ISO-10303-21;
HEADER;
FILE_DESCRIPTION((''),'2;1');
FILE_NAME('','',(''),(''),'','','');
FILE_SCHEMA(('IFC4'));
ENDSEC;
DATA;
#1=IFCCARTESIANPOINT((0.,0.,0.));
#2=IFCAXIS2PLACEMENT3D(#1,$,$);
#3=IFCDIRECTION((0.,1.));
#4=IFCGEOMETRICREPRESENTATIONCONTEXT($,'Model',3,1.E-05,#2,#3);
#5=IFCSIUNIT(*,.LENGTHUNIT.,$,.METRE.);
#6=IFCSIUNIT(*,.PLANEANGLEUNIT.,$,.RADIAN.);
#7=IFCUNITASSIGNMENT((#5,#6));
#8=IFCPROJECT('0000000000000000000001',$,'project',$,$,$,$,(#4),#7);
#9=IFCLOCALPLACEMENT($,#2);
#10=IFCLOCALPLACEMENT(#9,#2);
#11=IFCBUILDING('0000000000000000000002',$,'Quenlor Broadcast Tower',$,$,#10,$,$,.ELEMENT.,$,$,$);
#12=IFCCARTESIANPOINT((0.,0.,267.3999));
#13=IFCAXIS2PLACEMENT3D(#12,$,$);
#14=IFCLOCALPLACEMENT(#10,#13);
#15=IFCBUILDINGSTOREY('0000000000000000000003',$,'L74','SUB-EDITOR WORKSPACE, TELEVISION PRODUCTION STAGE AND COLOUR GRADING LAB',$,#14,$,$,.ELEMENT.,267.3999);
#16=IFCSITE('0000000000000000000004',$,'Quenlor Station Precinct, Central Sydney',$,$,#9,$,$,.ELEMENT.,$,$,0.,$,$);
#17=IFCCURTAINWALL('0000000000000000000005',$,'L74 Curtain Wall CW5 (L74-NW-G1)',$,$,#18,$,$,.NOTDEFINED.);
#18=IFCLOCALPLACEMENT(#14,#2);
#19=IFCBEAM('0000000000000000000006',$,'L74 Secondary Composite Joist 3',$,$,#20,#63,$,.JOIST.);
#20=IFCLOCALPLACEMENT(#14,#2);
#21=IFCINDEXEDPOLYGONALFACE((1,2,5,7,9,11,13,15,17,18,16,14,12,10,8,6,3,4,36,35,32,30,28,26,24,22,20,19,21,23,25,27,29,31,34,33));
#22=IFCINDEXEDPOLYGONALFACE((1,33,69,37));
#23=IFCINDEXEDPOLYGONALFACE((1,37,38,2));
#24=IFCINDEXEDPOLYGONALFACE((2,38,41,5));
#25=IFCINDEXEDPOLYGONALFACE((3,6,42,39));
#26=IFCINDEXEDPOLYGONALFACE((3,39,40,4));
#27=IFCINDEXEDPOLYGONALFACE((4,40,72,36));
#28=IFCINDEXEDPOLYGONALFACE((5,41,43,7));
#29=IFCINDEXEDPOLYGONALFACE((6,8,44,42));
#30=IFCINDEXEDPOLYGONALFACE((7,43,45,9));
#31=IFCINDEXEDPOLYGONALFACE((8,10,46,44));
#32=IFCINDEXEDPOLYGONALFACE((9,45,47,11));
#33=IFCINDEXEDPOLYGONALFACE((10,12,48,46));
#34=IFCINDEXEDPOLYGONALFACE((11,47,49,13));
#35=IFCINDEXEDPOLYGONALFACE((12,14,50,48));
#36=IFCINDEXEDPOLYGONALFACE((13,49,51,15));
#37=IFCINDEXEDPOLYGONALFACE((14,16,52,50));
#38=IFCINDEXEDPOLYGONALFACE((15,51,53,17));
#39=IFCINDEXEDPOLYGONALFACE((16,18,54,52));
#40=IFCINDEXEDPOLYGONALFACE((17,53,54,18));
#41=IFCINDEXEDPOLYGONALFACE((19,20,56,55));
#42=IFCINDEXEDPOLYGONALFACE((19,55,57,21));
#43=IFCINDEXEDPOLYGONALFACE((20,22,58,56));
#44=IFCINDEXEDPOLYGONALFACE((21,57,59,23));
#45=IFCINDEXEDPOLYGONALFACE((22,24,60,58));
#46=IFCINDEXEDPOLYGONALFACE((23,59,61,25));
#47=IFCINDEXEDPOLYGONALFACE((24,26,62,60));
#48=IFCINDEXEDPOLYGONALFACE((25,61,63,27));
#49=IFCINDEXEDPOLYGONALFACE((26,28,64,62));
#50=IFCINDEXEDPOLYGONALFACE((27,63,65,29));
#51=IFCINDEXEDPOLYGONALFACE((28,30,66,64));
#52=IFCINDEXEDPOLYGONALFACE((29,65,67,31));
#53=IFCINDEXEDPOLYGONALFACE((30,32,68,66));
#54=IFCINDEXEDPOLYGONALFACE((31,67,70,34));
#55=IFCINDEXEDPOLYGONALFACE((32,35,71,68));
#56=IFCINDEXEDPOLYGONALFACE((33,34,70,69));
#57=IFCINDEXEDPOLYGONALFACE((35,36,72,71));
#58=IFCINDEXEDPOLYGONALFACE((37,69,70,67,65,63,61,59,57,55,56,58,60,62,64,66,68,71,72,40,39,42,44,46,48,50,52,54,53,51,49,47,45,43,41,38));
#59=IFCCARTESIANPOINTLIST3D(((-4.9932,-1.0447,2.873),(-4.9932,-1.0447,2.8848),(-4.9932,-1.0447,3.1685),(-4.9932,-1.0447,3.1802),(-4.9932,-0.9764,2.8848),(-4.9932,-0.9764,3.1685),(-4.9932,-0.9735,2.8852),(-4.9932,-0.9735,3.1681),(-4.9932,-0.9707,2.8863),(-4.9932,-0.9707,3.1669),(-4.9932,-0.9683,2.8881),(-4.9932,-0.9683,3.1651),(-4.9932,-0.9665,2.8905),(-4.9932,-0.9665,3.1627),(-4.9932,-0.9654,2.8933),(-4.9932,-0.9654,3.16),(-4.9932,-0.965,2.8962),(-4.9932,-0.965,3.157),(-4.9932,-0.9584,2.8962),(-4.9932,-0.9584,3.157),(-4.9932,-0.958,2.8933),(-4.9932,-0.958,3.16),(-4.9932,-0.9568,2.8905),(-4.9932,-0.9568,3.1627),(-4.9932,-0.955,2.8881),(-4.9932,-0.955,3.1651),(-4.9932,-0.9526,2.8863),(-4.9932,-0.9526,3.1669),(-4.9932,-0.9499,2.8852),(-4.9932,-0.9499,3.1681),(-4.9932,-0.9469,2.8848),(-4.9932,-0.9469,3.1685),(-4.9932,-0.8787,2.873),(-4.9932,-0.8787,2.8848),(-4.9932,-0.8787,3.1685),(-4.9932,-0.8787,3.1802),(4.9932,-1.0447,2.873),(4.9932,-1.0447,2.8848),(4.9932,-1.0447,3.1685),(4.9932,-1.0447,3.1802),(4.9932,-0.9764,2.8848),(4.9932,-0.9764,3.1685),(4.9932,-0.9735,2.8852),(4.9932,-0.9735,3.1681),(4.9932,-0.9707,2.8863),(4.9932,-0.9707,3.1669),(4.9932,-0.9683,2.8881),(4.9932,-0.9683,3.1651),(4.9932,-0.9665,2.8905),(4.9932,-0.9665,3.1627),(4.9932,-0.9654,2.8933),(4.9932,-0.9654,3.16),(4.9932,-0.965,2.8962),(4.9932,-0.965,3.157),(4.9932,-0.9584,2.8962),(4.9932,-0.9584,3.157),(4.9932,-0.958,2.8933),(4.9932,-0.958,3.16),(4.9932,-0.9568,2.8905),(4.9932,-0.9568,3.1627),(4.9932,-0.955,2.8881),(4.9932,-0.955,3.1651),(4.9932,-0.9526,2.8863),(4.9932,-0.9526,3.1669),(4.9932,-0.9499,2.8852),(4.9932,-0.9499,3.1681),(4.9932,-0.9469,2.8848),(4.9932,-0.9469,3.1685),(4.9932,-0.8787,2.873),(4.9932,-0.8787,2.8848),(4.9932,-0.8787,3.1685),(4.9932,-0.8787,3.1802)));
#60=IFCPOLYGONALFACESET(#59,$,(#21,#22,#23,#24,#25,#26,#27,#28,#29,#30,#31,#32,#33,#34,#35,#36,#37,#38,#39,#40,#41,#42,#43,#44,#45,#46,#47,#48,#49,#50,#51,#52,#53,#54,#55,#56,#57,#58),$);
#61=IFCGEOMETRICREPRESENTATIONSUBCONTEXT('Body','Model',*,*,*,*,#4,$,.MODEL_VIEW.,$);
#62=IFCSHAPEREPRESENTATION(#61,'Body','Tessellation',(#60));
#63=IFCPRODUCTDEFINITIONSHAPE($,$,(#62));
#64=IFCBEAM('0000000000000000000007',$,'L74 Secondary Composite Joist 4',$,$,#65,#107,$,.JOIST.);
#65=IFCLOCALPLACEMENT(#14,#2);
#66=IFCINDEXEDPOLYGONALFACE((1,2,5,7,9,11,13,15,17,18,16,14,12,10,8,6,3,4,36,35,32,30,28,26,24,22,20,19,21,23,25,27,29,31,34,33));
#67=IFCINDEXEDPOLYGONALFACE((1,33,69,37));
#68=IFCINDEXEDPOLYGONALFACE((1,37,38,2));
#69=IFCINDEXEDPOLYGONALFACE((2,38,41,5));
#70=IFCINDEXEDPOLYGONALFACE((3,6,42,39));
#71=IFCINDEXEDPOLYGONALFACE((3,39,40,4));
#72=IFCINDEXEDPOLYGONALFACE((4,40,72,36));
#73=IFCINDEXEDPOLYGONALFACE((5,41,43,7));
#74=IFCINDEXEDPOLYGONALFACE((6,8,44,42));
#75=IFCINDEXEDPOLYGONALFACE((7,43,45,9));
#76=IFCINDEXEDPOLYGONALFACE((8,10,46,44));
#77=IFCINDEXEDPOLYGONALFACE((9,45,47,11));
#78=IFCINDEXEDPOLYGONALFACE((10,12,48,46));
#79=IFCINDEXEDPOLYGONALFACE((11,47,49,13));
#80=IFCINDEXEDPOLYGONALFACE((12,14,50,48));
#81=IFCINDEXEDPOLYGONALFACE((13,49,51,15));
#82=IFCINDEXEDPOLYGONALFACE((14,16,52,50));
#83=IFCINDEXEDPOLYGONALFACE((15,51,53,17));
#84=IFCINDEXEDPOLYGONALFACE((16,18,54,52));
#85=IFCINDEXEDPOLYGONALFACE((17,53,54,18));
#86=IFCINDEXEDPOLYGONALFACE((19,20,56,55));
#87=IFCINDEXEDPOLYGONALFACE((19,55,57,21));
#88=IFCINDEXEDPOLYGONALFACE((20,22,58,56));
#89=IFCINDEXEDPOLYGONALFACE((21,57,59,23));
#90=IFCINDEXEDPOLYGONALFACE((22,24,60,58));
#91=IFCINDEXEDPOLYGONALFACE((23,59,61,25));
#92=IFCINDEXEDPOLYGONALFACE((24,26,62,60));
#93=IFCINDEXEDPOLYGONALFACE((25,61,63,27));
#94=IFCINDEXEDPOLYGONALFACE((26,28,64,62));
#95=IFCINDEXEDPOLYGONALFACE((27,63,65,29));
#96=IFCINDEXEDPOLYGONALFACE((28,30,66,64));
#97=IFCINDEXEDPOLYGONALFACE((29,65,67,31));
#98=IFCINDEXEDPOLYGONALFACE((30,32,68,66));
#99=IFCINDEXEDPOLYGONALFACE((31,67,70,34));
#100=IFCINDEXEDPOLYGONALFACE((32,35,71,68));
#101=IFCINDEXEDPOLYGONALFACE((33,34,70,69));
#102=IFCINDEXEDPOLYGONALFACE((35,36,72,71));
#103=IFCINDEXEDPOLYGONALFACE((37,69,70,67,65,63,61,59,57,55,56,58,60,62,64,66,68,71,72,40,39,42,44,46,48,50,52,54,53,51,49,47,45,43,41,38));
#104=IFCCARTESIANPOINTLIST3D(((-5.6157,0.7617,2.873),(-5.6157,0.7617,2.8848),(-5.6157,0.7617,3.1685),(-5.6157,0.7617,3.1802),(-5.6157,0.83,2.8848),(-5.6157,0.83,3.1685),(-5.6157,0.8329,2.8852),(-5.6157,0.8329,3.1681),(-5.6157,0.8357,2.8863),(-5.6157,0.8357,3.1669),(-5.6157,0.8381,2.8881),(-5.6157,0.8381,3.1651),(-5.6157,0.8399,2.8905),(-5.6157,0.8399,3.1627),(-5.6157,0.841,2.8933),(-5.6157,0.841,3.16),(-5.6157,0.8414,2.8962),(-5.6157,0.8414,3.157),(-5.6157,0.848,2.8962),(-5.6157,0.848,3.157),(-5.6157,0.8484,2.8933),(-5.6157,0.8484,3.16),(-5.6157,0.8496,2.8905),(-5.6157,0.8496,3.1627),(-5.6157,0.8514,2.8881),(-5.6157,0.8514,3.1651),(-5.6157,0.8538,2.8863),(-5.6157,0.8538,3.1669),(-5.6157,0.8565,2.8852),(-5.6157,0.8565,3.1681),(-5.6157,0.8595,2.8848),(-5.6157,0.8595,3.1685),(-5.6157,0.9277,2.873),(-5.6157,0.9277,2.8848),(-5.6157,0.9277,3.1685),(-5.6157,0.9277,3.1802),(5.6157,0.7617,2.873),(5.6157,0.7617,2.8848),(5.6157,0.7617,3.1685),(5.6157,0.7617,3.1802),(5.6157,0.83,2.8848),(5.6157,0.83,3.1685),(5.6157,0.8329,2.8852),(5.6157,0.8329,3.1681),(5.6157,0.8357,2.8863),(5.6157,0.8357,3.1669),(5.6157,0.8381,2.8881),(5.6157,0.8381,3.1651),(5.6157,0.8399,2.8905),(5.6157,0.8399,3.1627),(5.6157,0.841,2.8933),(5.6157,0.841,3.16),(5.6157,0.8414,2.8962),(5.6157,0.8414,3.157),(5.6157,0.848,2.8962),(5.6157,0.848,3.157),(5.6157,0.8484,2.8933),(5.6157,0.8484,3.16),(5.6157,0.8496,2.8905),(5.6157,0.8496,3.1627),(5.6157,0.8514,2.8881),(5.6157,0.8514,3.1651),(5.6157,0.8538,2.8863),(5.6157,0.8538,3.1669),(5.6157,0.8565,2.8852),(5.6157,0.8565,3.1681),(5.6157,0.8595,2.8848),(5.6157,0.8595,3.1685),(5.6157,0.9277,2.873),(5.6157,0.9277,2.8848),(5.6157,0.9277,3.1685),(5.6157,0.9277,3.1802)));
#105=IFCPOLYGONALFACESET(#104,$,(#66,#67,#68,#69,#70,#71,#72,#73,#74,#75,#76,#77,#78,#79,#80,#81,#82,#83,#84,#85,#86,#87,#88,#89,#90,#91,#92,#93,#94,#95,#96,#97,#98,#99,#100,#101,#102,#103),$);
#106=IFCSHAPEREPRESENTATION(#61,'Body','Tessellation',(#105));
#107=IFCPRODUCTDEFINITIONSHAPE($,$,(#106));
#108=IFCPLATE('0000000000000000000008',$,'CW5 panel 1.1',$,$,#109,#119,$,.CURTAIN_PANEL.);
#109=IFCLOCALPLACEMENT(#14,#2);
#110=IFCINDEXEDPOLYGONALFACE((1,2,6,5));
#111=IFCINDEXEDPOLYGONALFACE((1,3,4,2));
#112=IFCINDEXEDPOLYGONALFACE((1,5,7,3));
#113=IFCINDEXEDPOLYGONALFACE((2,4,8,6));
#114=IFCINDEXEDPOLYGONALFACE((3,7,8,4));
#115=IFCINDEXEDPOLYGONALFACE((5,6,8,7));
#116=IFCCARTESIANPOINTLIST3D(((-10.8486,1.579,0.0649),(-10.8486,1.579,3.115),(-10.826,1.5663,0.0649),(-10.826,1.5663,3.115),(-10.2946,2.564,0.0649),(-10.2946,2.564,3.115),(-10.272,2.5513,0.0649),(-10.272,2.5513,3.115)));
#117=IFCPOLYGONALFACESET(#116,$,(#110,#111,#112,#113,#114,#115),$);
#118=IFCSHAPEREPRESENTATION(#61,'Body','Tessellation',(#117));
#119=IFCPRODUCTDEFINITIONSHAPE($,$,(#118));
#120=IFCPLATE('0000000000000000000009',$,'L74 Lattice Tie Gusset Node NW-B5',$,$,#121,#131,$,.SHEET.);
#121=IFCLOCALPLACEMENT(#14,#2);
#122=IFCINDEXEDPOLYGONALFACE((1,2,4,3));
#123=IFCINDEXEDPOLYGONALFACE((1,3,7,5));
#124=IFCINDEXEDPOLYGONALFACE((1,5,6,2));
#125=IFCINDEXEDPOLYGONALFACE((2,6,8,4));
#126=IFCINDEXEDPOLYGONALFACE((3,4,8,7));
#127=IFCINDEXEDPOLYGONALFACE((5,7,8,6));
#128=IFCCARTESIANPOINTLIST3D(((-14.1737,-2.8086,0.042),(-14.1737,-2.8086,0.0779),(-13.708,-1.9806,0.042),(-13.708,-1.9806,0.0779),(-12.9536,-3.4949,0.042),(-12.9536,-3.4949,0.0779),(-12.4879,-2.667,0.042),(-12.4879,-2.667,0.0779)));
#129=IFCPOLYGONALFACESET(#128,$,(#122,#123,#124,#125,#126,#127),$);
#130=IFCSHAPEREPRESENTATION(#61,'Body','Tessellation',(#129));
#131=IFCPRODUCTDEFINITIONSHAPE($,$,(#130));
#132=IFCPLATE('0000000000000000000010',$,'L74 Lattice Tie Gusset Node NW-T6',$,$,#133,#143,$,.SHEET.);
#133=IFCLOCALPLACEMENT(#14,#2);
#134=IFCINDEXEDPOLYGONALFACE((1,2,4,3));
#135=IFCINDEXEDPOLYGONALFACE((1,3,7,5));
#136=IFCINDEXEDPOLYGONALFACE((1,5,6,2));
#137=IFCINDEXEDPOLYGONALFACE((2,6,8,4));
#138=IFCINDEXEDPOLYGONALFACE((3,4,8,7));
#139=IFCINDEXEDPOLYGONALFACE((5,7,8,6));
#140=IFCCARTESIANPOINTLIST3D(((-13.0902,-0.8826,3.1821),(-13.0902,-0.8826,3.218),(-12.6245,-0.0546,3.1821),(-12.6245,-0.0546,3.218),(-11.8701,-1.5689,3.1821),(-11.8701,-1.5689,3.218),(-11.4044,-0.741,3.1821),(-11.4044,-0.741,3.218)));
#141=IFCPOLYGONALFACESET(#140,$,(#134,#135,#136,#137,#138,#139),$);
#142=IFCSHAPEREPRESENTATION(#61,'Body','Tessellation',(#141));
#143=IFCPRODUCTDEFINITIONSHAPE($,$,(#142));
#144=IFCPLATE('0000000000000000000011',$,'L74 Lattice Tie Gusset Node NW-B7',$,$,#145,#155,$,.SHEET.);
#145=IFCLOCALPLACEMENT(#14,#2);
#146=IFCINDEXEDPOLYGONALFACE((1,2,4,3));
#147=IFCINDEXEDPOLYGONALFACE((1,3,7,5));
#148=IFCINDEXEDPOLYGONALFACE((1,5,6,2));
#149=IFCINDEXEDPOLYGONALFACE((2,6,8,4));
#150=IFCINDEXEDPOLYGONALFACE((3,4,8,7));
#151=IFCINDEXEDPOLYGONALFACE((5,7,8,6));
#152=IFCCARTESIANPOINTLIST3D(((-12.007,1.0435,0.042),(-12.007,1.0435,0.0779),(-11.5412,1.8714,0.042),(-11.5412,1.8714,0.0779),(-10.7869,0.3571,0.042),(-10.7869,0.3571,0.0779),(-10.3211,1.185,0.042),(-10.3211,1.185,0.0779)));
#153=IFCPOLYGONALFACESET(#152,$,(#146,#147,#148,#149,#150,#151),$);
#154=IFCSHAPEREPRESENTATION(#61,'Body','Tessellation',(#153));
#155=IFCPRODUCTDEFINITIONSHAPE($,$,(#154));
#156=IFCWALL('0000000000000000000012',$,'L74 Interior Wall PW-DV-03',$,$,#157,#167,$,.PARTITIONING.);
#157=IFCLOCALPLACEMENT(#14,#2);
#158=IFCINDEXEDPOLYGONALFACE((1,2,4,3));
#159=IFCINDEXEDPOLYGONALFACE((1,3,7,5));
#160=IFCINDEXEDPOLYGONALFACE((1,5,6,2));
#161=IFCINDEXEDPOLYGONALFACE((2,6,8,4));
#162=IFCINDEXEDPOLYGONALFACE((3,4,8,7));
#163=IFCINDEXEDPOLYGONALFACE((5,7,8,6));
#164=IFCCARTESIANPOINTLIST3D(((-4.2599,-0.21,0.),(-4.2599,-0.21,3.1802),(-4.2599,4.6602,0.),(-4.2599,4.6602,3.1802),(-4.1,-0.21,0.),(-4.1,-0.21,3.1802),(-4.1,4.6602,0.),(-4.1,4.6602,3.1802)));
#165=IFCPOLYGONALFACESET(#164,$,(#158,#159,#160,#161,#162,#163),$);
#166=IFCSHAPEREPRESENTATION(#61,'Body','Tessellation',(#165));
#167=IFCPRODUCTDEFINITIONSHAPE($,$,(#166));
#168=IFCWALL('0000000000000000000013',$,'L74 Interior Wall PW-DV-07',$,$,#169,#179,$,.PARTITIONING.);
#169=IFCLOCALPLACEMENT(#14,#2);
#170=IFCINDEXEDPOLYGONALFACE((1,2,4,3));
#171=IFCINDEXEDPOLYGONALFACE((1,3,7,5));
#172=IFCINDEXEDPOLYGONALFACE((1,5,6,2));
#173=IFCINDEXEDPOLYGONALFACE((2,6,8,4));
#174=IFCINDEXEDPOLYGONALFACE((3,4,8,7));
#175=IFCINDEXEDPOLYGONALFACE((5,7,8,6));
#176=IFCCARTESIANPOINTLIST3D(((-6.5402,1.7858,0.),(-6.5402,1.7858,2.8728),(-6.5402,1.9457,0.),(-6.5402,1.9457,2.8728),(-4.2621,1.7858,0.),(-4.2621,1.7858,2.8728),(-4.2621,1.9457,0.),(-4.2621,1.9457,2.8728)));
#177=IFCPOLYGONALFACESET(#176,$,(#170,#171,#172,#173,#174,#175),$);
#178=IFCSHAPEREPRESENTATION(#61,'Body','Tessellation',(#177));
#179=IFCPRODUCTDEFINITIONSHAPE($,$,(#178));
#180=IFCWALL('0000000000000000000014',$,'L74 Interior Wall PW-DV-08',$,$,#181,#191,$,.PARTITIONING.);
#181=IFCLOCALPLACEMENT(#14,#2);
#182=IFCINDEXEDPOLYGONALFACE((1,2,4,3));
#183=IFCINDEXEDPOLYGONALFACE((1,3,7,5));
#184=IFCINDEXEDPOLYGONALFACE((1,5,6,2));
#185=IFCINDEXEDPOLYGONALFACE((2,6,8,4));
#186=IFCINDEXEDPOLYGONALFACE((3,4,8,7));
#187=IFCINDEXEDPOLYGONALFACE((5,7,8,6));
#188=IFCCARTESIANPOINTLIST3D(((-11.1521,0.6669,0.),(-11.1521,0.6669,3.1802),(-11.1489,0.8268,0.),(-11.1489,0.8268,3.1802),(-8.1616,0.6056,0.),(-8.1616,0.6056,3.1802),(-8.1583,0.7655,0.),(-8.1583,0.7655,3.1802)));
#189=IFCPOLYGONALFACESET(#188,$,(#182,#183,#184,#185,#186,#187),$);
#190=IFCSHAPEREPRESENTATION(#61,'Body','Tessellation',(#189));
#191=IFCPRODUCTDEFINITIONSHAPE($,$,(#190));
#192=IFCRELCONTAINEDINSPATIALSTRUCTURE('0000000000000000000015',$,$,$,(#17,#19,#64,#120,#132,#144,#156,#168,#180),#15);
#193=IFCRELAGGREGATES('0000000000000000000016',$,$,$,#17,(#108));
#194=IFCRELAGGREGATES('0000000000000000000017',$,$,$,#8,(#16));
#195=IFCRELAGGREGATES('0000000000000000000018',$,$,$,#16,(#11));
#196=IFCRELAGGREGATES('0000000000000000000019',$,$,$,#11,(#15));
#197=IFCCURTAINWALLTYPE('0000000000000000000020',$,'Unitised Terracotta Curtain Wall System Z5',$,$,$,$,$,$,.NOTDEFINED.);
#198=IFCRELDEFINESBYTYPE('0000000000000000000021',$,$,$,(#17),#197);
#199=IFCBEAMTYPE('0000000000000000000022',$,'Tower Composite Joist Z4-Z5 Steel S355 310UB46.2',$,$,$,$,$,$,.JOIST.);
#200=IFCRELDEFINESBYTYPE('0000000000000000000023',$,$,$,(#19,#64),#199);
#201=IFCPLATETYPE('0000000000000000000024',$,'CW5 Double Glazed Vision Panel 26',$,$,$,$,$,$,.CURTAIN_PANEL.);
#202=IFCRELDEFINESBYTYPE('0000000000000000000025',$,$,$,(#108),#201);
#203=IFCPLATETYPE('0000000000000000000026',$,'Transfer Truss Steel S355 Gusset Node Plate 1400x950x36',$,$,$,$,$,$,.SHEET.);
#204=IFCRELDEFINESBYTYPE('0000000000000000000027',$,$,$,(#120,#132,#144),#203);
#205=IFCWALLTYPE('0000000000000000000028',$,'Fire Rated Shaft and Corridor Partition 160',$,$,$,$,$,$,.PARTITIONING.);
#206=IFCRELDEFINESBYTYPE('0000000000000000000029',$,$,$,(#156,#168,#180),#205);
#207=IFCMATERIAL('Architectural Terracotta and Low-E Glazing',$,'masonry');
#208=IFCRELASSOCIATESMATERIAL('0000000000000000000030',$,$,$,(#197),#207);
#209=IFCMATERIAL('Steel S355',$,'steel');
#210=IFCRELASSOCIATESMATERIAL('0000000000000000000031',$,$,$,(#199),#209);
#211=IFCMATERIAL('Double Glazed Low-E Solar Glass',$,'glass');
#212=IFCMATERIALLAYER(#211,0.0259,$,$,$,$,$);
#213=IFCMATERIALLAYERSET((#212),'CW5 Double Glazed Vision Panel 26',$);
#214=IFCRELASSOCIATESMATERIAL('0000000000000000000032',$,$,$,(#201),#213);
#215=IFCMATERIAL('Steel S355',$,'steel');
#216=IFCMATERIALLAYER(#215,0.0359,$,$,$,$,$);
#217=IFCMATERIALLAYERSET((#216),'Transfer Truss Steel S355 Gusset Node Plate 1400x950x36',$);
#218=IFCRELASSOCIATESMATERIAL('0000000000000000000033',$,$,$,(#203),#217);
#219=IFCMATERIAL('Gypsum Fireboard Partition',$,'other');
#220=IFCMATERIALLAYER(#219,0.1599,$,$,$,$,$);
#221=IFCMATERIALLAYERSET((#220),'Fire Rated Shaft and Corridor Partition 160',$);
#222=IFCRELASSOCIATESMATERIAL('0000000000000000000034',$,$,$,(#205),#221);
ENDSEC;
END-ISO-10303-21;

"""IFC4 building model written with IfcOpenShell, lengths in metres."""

from ifc_helpers import new_model, si_unit, direction, frame, frame_2d, origin, origin_2d, place, context, subcontext, project, spatial, rectangle, i_section, extrude, material, layer, layer_set, material_profile, profile_set, type_object, element, aggregate, save


model = new_model("IFC4")

# Units and contexts
model_context = context("Model", 3, precision=1e-05, world=origin(), true_north=direction((0.0, 1.0)))
body_context = subcontext(model_context, "Body", "Model", "MODEL_VIEW")
ifc_project = project(units=[si_unit("LENGTHUNIT", "METRE"), si_unit("PLANEANGLEUNIT", "RADIAN")], contexts=[model_context])

# Site, building, storey
site_placement = place(None, origin())
site = spatial("IfcSite", under=ifc_project, at=site_placement, Name="Quenlor Station Precinct, Central Sydney", CompositionType="ELEMENT", RefElevation=0.0)
building_placement = place(site_placement, origin())
building = spatial("IfcBuilding", under=site, at=building_placement, Name="Quenlor Broadcast Tower", CompositionType="ELEMENT")
storey_placement = place(building_placement, frame((0.0, 0.0, 267.3999)))
storey = spatial("IfcBuildingStorey", under=building, at=storey_placement, Name="L74", Description="SUB-EDITOR WORKSPACE, TELEVISION PRODUCTION STAGE AND COLOUR GRADING LAB", CompositionType="ELEMENT", Elevation=267.3999)

# Curtain wall
ifc_material_1 = material(Name="Architectural Terracotta and Low-E Glazing", Category="masonry")
curtain_wall_type = type_object("IfcCurtainWallType", Name="Unitised Terracotta Curtain Wall System Z5", PredefinedType="NOTDEFINED", material=ifc_material_1)
curtain_wall_placement = place(storey_placement, origin())
curtain_wall = element("IfcCurtainWall", 1, at=curtain_wall_placement, inside=storey, type_object=curtain_wall_type, Name="L74 Curtain Wall CW5 (L74-NW-G1)", PredefinedType="NOTDEFINED")

# Beams
ifc_material_2 = material(Name="Steel S355", Category="steel")
ifc_material_profile_1 = material_profile(ifc_material_2, i_section(OverallWidth=0.166, OverallDepth=0.3071, WebThickness=0.0066, FlangeThickness=0.0117, FilletRadius=0.0115, at=origin_2d()))
ifc_profile_set_1 = profile_set([ifc_material_profile_1], Name="Steel S355 310UB46.2")
beam_type = type_object("IfcBeamType", Name="Tower Composite Joist Z4-Z5 Steel S355 310UB46.2", PredefinedType="JOIST", material=ifc_profile_set_1)
beam_1_placement = place(storey_placement, frame((-4.9932, -0.9617, 3.0266), z_axis=(1.0, 0.0, 0.0), x_axis=(0.0, 1.0, 0.0)))
element("IfcBeam", 2, at=beam_1_placement, inside=storey, type_object=beam_type, Name="L74 Secondary Composite Joist 3", PredefinedType="JOIST", context=body_context, shape_type="SweptSolid", body=[
    extrude(i_section(OverallWidth=0.166, OverallDepth=0.3071, WebThickness=0.0066, FlangeThickness=0.0117, FilletRadius=0.0115, at=origin_2d()), origin(), (0.0, 0.0, 1.0), 9.9863),
])
beam_2_placement = place(storey_placement, frame((-5.6157, 0.8447, 3.0266), z_axis=(1.0, 0.0, 0.0), x_axis=(0.0, 1.0, 0.0)))
element("IfcBeam", 3, at=beam_2_placement, inside=storey, type_object=beam_type, Name="L74 Secondary Composite Joist 4", PredefinedType="JOIST", context=body_context, shape_type="SweptSolid", body=[
    extrude(i_section(OverallWidth=0.166, OverallDepth=0.3071, WebThickness=0.0066, FlangeThickness=0.0117, FilletRadius=0.0115, at=origin_2d()), origin(), (0.0, 0.0, 1.0), 11.2314),
])

# Plate
ifc_material_3 = material(Name="Double Glazed Low-E Solar Glass", Category="glass")
ifc_layer_1 = layer(ifc_material_3, 0.0259)
ifc_layer_set_1 = layer_set([ifc_layer_1], Name="CW5 Double Glazed Vision Panel 26")
plate_type_1 = type_object("IfcPlateType", Name="CW5 Double Glazed Vision Panel 26", PredefinedType="CURTAIN_PANEL", material=ifc_layer_set_1)
plate_placement = place(storey_placement, frame((-10.5603, 2.0652, 0.0649), z_axis=(0.0, 0.0, 1.0), x_axis=(0.490231, 0.871592, 0.0)))
plate = element("IfcPlate", 4, at=plate_placement, type_object=plate_type_1, Name="CW5 panel 1.1", PredefinedType="CURTAIN_PANEL", context=body_context, shape_type="SweptSolid", body=[
    extrude(rectangle(XDim=1.1301, YDim=0.0259, at=origin_2d()), origin(), (0.0, 0.0, 1.0), 3.05),
])
aggregate(curtain_wall, [plate])

# Plates
ifc_material_4 = material(Name="Steel S355", Category="steel")
ifc_layer_2 = layer(ifc_material_4, 0.0359)
ifc_layer_set_2 = layer_set([ifc_layer_2], Name="Transfer Truss Steel S355 Gusset Node Plate 1400x950x36")
plate_type_2 = type_object("IfcPlateType", Name="Transfer Truss Steel S355 Gusset Node Plate 1400x950x36", PredefinedType="SHEET", material=ifc_layer_set_2)
for number, where, z_axis, x_axis, name in (
    (5, (-13.3308, -2.7378, 0.042), (0.0, 0.0, 1.0), (-0.871556, 0.490295, 0.0), "L74 Lattice Tie Gusset Node NW-B5"),
    (6, (-12.2473, -0.8118, 3.1821), (0.0, 0.0, 1.0), (-0.871556, 0.490295, 0.0), "L74 Lattice Tie Gusset Node NW-T6"),
    (7, (-11.1641, 1.1143, 0.042), (0.0, 0.0, 1.0), (-0.871556, 0.490295, 0.0), "L74 Lattice Tie Gusset Node NW-B7"),
):
    element("IfcPlate", number, at=place(storey_placement, frame(where, z_axis=z_axis, x_axis=x_axis)), inside=storey, type_object=plate_type_2, Name=name, PredefinedType="SHEET", context=body_context, shape_type="SweptSolid", body=[
        extrude(rectangle(XDim=1.3999, YDim=0.95, at=origin_2d()), origin(), (0.0, 0.0, 1.0), 0.0359),
    ])

# Walls
ifc_material_5 = material(Name="Gypsum Fireboard Partition", Category="other")
ifc_layer_3 = layer(ifc_material_5, 0.1599)
ifc_layer_set_3 = layer_set([ifc_layer_3], Name="Fire Rated Shaft and Corridor Partition 160")
wall_type_1 = type_object("IfcWallType", Name="Fire Rated Shaft and Corridor Partition 160", PredefinedType="PARTITIONING", material=ifc_layer_set_3)
wall_1_placement = place(storey_placement, frame((-4.1799, -0.21, 0.0), z_axis=(0.0, 0.0, 1.0), x_axis=(0.0, 1.0, 0.0)))
element("IfcWall", 8, at=wall_1_placement, inside=storey, type_object=wall_type_1, Name="L74 Interior Wall PW-DV-03", PredefinedType="PARTITIONING", context=body_context, shape_type="SweptSolid", body=[
    extrude(rectangle(XDim=4.8701, YDim=0.1599, at=frame_2d((2.4351, 0.0))), origin(), (0.0, 0.0, 1.0), 3.1802),
])
wall_2_placement = place(storey_placement, frame((-4.262, 1.8657, 0.0), z_axis=(0.0, 0.0, 1.0), x_axis=(-1.0, 0.0, 0.0)))
element("IfcWall", 9, at=wall_2_placement, inside=storey, type_object=wall_type_1, Name="L74 Interior Wall PW-DV-07", PredefinedType="PARTITIONING", context=body_context, shape_type="SweptSolid", body=[
    extrude(rectangle(XDim=2.2781, YDim=0.1599, at=frame_2d((1.1392, 0.0))), origin(), (0.0, 0.0, 1.0), 2.8728),
])
wall_3_placement = place(storey_placement, frame((-8.1599, 0.6855, 0.0), z_axis=(0.0, 0.0, 1.0), x_axis=(-0.99979, 0.020487, 0.0)))
element("IfcWall", 10, at=wall_3_placement, inside=storey, type_object=wall_type_1, Name="L74 Interior Wall PW-DV-08", PredefinedType="PARTITIONING", context=body_context, shape_type="SweptSolid", body=[
    extrude(rectangle(XDim=2.9912, YDim=0.1599, at=frame_2d((1.4956, 0.0))), origin(), (0.0, 0.0, 1.0), 3.1802),
])

save(model, "model.ifc")
